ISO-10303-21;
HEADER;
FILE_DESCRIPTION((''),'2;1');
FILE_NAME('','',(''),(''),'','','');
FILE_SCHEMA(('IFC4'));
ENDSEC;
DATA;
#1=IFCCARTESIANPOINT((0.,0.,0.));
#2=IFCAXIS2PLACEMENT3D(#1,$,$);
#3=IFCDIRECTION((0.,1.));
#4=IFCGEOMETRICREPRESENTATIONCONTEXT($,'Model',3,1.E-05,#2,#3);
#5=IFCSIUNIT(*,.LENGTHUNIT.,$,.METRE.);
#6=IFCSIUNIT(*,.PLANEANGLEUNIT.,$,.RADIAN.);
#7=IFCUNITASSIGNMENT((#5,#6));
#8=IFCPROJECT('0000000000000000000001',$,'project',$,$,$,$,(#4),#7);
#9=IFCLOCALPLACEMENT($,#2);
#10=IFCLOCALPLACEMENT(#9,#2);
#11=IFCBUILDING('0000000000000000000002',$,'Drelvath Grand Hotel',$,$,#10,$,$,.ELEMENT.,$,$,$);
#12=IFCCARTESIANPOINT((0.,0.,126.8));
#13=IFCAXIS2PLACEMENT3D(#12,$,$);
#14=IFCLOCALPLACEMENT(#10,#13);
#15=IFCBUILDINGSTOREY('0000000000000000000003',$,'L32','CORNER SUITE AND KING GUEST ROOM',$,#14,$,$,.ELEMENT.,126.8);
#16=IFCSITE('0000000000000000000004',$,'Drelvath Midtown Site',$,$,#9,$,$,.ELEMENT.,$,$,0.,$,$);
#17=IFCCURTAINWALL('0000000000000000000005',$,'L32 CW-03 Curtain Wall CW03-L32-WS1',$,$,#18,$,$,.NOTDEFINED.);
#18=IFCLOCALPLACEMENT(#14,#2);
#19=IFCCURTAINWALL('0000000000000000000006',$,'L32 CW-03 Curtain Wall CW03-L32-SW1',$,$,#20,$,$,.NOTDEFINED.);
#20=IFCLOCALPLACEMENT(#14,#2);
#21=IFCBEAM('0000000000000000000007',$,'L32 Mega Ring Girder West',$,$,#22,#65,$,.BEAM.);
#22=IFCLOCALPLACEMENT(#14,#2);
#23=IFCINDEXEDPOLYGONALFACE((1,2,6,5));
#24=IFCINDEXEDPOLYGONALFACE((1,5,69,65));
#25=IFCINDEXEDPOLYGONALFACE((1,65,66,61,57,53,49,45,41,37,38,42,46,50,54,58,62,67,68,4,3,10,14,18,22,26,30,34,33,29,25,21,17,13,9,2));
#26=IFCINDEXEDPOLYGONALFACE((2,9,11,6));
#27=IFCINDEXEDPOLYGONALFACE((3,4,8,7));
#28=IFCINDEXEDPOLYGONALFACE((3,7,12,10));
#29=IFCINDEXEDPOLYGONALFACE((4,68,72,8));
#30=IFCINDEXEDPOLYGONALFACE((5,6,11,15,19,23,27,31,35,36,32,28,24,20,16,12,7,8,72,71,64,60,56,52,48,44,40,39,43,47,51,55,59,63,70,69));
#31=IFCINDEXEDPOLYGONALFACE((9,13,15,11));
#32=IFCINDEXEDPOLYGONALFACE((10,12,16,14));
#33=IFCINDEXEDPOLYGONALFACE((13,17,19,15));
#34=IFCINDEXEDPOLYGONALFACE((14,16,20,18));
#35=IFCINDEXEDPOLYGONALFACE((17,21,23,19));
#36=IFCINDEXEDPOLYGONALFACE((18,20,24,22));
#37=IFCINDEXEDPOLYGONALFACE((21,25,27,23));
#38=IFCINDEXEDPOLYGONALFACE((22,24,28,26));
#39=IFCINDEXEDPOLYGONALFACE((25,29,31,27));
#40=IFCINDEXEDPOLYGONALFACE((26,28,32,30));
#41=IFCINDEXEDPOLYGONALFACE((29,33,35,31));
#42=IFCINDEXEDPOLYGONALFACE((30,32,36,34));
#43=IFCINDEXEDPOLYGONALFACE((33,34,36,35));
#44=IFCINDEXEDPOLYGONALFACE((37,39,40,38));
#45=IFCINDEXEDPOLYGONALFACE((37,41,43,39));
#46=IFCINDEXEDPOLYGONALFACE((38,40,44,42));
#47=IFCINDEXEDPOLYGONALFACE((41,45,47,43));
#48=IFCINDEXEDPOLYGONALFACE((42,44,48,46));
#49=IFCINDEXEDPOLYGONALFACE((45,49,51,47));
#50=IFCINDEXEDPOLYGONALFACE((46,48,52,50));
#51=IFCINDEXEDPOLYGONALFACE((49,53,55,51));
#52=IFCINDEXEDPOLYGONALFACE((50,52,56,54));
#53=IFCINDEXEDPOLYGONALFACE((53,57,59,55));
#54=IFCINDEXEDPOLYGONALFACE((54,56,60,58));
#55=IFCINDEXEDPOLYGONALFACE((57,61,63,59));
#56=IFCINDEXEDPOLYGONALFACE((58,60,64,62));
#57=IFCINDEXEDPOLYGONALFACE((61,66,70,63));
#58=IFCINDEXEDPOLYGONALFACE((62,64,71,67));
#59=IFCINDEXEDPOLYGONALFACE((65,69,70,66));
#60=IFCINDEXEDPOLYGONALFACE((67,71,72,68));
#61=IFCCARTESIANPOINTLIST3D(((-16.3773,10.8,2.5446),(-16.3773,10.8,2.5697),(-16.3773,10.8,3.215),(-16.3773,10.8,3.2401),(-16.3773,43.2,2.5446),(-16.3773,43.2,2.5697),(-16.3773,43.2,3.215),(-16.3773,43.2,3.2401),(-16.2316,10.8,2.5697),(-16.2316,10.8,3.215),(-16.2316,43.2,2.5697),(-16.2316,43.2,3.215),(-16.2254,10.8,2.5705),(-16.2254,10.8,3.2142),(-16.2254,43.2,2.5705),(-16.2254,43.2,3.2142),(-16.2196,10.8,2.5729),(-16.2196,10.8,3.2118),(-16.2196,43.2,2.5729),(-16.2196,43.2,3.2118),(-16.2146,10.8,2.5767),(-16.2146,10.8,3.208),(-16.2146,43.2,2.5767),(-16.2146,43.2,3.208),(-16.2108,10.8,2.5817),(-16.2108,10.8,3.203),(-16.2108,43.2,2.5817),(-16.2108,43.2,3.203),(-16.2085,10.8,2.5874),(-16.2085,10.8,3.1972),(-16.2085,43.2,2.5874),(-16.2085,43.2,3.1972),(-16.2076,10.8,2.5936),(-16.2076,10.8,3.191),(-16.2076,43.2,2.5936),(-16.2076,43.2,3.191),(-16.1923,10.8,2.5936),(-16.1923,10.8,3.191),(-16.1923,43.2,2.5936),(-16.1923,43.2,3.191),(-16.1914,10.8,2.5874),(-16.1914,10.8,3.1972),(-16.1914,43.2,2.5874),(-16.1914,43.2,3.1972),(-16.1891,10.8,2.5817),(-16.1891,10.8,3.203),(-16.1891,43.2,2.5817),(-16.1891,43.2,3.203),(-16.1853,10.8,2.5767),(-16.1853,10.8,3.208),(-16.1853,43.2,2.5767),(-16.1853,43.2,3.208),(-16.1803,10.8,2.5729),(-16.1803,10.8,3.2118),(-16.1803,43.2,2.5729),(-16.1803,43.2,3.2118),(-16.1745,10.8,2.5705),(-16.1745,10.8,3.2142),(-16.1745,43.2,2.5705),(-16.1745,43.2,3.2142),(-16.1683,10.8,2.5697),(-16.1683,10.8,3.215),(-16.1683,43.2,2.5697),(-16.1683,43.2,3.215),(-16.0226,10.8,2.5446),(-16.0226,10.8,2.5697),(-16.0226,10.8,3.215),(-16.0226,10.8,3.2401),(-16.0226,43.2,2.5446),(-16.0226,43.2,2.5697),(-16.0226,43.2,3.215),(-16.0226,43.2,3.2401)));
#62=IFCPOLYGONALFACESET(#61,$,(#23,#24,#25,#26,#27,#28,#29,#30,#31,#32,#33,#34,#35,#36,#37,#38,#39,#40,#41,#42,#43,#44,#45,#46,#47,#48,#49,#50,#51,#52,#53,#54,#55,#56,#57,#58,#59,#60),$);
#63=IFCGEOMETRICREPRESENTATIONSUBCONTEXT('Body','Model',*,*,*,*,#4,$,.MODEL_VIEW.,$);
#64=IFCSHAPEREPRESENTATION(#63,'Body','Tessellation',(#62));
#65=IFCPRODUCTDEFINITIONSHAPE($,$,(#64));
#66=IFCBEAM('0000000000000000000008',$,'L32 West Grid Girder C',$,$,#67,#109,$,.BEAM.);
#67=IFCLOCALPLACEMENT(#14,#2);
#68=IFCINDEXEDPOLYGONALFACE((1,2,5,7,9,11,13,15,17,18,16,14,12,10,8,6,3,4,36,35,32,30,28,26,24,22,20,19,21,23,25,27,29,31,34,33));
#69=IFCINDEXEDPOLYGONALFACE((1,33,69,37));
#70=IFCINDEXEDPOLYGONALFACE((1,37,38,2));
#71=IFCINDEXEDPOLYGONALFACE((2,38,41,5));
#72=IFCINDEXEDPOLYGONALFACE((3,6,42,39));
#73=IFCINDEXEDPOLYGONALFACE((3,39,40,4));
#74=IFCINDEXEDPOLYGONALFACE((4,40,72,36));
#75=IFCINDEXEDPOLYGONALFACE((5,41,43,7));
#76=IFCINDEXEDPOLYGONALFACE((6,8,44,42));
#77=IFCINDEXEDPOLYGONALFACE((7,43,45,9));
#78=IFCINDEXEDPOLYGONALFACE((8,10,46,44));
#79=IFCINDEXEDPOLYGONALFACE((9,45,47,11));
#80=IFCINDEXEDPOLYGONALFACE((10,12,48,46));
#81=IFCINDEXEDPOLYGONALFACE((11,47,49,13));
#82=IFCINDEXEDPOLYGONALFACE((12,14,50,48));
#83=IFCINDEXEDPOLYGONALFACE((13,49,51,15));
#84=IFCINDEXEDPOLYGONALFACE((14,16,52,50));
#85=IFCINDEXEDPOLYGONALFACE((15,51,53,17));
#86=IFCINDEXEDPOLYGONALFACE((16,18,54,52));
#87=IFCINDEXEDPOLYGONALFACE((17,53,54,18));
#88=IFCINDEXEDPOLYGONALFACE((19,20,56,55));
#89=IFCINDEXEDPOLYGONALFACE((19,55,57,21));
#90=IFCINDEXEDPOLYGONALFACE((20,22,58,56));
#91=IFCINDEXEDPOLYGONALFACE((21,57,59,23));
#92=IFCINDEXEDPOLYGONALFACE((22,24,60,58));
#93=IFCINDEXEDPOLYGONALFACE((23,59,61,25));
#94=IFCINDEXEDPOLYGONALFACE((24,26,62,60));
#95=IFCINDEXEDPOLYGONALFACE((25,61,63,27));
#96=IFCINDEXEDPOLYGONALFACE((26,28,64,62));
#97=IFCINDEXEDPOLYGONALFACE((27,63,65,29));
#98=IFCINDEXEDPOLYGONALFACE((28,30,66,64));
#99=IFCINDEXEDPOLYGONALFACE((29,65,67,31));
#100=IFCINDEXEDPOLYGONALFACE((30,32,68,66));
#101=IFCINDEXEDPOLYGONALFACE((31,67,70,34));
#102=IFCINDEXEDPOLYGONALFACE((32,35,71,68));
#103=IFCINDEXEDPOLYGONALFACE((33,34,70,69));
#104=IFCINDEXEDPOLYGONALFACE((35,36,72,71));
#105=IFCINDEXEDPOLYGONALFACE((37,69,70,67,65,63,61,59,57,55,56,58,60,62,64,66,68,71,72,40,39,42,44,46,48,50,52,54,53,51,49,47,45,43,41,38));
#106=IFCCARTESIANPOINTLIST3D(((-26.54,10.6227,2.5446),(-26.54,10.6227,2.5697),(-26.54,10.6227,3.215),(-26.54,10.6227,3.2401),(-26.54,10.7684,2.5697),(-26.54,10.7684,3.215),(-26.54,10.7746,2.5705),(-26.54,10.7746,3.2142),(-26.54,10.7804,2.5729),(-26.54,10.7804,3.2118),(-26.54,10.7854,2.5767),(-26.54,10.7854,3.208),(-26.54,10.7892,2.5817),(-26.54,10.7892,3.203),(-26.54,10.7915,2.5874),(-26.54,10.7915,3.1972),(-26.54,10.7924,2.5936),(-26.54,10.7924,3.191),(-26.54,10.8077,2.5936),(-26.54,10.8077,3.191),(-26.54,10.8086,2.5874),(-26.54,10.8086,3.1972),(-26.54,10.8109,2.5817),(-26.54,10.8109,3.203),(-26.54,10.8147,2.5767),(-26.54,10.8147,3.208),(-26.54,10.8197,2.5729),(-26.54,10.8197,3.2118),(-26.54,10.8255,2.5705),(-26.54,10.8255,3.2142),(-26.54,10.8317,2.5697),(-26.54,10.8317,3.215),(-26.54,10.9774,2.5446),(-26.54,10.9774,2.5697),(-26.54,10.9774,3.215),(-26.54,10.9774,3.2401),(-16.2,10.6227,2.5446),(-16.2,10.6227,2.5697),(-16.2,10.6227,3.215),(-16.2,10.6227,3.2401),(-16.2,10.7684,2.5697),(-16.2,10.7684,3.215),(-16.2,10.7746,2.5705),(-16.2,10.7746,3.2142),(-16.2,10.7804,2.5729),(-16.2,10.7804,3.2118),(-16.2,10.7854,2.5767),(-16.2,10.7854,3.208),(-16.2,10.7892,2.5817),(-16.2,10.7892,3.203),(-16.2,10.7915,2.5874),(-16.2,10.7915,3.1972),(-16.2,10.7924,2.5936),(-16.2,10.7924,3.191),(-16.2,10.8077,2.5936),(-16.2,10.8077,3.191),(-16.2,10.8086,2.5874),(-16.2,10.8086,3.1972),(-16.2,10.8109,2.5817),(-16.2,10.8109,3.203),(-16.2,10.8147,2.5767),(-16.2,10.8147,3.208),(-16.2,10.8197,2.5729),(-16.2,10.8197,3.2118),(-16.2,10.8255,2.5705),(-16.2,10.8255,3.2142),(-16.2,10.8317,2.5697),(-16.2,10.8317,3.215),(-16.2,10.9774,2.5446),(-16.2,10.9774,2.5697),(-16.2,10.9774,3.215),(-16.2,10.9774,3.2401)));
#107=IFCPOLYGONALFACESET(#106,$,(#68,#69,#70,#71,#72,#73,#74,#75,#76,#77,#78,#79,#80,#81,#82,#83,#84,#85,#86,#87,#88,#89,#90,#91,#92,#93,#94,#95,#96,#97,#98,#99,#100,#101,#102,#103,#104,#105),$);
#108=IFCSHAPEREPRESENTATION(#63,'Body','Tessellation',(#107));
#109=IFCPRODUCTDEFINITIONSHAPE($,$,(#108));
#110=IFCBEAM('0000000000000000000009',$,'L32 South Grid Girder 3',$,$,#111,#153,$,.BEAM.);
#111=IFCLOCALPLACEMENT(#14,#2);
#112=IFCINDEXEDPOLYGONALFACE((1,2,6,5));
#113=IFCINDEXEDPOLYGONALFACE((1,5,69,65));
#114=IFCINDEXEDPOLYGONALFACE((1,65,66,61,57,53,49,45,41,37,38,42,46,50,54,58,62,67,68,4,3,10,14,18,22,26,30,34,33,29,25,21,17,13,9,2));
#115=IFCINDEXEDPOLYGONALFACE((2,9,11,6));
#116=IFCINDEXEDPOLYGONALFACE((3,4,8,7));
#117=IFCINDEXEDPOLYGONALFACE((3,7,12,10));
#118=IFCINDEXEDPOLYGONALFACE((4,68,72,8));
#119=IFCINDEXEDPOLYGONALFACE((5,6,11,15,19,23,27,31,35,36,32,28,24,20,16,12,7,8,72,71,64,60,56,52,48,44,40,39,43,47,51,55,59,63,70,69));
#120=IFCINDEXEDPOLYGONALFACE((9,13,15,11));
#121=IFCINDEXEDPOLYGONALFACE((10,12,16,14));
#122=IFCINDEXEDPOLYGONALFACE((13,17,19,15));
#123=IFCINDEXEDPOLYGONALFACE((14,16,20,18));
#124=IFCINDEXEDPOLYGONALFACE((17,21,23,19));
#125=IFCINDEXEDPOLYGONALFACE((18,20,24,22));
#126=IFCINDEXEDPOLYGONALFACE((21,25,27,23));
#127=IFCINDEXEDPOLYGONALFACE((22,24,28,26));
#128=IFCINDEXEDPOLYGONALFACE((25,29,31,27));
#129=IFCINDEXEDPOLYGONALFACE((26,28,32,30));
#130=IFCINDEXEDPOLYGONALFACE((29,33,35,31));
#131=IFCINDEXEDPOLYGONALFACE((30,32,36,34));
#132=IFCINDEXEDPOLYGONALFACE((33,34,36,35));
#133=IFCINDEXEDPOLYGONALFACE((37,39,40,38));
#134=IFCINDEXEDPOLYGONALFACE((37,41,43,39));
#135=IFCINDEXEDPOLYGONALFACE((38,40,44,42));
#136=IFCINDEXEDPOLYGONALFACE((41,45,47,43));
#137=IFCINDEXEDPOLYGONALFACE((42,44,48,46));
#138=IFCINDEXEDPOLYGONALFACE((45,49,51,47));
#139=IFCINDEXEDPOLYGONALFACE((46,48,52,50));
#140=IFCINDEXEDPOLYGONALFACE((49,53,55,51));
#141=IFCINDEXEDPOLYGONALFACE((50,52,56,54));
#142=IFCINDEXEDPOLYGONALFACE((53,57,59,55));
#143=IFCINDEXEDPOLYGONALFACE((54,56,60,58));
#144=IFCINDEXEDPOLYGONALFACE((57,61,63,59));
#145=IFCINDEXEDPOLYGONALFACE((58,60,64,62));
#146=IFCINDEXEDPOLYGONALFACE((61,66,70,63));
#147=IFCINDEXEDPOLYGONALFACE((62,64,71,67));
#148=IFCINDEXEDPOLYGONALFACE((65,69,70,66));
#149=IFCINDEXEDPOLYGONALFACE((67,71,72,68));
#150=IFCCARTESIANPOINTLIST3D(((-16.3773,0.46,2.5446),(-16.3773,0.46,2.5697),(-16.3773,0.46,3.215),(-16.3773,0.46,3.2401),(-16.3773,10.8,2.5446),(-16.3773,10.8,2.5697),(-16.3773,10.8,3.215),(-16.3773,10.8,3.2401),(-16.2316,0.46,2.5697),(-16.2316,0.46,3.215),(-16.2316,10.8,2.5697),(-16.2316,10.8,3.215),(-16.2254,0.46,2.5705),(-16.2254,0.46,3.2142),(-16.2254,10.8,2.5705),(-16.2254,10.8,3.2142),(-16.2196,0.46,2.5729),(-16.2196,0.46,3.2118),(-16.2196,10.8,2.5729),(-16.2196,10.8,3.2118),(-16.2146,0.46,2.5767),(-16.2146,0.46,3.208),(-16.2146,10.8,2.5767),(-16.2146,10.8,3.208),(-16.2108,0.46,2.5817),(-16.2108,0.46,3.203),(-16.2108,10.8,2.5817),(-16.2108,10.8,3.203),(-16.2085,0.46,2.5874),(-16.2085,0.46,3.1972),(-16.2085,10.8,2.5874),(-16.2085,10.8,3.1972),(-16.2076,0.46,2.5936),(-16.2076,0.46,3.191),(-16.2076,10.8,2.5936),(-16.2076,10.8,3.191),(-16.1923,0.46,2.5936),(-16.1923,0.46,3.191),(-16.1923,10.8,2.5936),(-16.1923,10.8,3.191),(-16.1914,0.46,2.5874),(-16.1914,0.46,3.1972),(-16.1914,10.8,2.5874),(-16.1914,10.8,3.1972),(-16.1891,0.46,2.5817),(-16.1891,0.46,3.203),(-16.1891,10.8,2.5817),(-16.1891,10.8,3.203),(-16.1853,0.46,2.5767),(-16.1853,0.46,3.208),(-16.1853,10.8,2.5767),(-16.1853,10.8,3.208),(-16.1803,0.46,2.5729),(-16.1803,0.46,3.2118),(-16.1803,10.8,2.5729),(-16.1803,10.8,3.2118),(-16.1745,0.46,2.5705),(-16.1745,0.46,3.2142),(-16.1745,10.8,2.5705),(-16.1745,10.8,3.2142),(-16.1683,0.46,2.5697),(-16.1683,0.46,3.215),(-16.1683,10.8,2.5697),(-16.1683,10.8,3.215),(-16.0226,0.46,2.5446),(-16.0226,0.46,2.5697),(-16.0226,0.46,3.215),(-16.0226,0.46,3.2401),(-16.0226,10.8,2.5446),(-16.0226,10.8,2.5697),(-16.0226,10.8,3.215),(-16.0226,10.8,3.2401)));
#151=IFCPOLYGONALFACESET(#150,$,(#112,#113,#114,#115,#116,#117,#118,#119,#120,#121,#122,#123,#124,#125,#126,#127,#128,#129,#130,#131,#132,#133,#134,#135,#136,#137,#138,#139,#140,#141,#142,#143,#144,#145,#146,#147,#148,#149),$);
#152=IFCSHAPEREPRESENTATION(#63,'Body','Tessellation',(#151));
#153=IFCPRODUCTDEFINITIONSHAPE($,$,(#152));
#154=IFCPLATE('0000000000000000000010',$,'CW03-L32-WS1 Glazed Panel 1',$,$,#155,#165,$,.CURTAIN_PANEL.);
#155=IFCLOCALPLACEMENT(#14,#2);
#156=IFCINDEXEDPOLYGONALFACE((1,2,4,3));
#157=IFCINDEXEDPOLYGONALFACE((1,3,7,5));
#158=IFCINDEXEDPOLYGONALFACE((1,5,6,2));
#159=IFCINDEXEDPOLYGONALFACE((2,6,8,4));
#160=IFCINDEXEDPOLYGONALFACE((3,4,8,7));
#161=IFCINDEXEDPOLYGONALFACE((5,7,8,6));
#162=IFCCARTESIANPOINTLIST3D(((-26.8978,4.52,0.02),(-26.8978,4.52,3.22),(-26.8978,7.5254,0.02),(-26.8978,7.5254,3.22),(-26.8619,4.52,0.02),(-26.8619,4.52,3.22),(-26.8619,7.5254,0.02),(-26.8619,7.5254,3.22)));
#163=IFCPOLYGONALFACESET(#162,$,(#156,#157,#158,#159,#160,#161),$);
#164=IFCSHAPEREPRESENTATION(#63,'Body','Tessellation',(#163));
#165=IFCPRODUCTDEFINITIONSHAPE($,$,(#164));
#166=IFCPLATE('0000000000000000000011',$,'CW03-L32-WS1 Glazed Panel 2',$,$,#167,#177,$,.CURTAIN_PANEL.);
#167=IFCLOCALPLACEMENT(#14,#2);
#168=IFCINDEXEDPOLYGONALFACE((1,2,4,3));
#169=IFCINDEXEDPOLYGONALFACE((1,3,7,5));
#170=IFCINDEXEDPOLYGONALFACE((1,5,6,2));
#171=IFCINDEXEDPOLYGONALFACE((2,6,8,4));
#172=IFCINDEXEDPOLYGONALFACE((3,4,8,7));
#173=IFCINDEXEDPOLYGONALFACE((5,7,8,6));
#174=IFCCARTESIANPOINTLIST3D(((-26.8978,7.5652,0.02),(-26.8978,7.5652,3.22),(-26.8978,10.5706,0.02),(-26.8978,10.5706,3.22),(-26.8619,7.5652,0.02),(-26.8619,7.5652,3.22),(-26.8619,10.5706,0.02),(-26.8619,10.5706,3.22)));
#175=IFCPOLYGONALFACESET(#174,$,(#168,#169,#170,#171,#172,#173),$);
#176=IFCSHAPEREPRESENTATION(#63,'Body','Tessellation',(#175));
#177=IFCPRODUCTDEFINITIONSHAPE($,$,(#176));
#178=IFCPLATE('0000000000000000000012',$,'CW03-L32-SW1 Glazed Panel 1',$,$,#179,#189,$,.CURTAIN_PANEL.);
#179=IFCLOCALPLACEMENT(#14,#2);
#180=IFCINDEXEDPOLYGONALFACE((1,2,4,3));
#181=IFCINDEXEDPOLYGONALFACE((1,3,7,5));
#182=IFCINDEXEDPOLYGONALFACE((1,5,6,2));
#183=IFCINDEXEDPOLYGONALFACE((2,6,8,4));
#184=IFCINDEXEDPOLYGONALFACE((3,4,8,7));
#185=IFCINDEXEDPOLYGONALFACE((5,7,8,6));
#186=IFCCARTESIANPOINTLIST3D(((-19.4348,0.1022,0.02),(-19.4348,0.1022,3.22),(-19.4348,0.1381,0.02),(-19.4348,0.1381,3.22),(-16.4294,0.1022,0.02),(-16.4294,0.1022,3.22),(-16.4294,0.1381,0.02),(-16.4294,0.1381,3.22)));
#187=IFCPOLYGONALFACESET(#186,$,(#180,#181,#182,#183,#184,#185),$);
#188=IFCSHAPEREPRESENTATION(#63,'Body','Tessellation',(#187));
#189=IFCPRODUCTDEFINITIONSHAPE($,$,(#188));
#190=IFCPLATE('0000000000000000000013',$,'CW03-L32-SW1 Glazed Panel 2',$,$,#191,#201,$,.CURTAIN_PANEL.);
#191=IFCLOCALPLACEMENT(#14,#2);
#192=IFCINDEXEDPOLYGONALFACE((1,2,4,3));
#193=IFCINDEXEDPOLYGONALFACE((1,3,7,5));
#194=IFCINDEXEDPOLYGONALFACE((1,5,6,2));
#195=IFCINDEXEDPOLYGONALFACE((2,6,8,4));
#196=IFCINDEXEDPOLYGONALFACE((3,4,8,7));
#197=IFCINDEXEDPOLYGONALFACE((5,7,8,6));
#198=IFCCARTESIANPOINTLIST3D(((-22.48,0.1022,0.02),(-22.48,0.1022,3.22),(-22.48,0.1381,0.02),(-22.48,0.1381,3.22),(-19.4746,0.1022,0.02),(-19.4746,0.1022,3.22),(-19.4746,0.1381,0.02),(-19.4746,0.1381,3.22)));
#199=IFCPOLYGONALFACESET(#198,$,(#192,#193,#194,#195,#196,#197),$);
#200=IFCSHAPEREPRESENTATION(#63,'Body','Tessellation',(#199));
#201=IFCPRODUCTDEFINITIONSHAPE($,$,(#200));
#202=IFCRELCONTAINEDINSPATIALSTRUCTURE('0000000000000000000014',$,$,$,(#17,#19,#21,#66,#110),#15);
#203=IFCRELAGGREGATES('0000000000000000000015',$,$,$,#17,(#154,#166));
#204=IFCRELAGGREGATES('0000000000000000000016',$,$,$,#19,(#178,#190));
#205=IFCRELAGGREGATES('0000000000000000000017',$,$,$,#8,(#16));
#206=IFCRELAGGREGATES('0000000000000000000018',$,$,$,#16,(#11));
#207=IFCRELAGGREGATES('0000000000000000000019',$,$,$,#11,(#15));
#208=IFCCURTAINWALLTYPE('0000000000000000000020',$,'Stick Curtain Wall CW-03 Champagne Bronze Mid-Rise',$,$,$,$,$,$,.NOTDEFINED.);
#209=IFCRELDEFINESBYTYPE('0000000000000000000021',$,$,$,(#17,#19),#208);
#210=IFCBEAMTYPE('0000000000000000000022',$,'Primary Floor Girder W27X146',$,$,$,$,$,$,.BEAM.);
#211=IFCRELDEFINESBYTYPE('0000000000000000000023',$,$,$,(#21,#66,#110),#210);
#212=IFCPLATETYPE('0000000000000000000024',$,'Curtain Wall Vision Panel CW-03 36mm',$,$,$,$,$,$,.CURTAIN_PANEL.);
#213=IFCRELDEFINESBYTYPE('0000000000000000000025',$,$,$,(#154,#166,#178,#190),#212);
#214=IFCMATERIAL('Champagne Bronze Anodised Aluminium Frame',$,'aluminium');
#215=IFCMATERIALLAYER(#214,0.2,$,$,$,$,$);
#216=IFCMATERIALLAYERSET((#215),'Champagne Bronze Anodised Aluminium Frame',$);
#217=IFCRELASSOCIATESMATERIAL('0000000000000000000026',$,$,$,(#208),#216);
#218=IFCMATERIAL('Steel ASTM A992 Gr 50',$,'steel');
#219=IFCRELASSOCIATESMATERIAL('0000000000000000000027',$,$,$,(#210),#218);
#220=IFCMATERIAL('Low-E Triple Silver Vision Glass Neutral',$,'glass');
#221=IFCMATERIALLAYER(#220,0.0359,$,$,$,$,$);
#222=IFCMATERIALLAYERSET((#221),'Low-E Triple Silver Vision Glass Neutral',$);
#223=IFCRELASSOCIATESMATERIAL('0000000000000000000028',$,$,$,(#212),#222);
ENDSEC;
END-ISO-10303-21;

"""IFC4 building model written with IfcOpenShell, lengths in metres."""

from ifc_helpers import new_model, si_unit, direction, frame, origin, origin_2d, place, context, subcontext, project, spatial, rectangle, i_section, extrude, material, layer, layer_set, material_profile, profile_set, type_object, element, aggregate, save


model = new_model("IFC4")

# Units and contexts
model_context = context("Model", 3, precision=1e-05, world=origin(), true_north=direction((0.0, 1.0)))
body_context = subcontext(model_context, "Body", "Model", "MODEL_VIEW")
ifc_project = project(units=[si_unit("LENGTHUNIT", "METRE"), si_unit("PLANEANGLEUNIT", "RADIAN")], contexts=[model_context])

# Site, building, storey
site_placement = place(None, origin())
site = spatial("IfcSite", under=ifc_project, at=site_placement, Name="Drelvath Midtown Site", CompositionType="ELEMENT", RefElevation=0.0)
building_placement = place(site_placement, origin())
building = spatial("IfcBuilding", under=site, at=building_placement, Name="Drelvath Grand Hotel", CompositionType="ELEMENT")
storey_placement = place(building_placement, frame((0.0, 0.0, 126.8)))
storey = spatial("IfcBuildingStorey", under=building, at=storey_placement, Name="L32", Description="CORNER SUITE AND KING GUEST ROOM", CompositionType="ELEMENT", Elevation=126.8)

# Curtain walls
ifc_material_1 = material(Name="Champagne Bronze Anodised Aluminium Frame", Category="aluminium")
ifc_layer_1 = layer(ifc_material_1, 0.2)
ifc_layer_set_1 = layer_set([ifc_layer_1], Name="Champagne Bronze Anodised Aluminium Frame")
curtain_wall_type = type_object("IfcCurtainWallType", Name="Stick Curtain Wall CW-03 Champagne Bronze Mid-Rise", PredefinedType="NOTDEFINED", material=ifc_layer_set_1)
curtain_wall_1_placement = place(storey_placement, origin())
curtain_wall_1 = element("IfcCurtainWall", 1, at=curtain_wall_1_placement, inside=storey, type_object=curtain_wall_type, Name="L32 CW-03 Curtain Wall CW03-L32-WS1", PredefinedType="NOTDEFINED")
curtain_wall_2_placement = place(storey_placement, origin())
curtain_wall_2 = element("IfcCurtainWall", 2, at=curtain_wall_2_placement, inside=storey, type_object=curtain_wall_type, Name="L32 CW-03 Curtain Wall CW03-L32-SW1", PredefinedType="NOTDEFINED")

# Beams
ifc_material_2 = material(Name="Steel ASTM A992 Gr 50", Category="steel")
ifc_material_profile_1 = material_profile(ifc_material_2, i_section(OverallWidth=0.3547, OverallDepth=0.6956, WebThickness=0.0154, FlangeThickness=0.0251, FilletRadius=0.0239, at=origin_2d()), Name="W27X146")
ifc_profile_set_1 = profile_set([ifc_material_profile_1], Name="Steel ASTM A992 Gr 50")
beam_type_1 = type_object("IfcBeamType", Name="Primary Floor Girder W27X146", PredefinedType="BEAM", material=ifc_profile_set_1)
for number, where, z_axis, x_axis, name in (
    (3, (-16.2, 10.8, 2.8923), (0.0, 1.0, 0.0), (-1.0, 0.0, 0.0), "L32 Mega Ring Girder West"),
):
    element("IfcBeam", number, at=place(storey_placement, frame(where, z_axis=z_axis, x_axis=x_axis)), inside=storey, type_object=beam_type_1, Name=name, PredefinedType="BEAM", context=body_context, shape_type="SweptSolid", body=[
        extrude(i_section(OverallWidth=0.3547, OverallDepth=0.6956, WebThickness=0.0154, FlangeThickness=0.0251, FilletRadius=0.0239, at=origin_2d()), origin(), (0.0, 0.0, 1.0), 32.3999),
    ])
for number, where, z_axis, x_axis, name in (
    (4, (-26.54, 10.8, 2.8923), (1.0, 0.0, 0.0), (0.0, 1.0, 0.0), "L32 West Grid Girder C"),
    (5, (-16.2, 0.46, 2.8923), (0.0, 1.0, 0.0), (-1.0, 0.0, 0.0), "L32 South Grid Girder 3"),
):
    element("IfcBeam", number, at=place(storey_placement, frame(where, z_axis=z_axis, x_axis=x_axis)), inside=storey, type_object=beam_type_1, Name=name, PredefinedType="BEAM", context=body_context, shape_type="SweptSolid", body=[
        extrude(i_section(OverallWidth=0.3547, OverallDepth=0.6956, WebThickness=0.0154, FlangeThickness=0.0251, FilletRadius=0.0239, at=origin_2d()), origin(), (0.0, 0.0, 1.0), 10.3401),
    ])

# Plates
ifc_material_3 = material(Name="Low-E Triple Silver Vision Glass Neutral", Category="glass")
ifc_layer_2 = layer(ifc_material_3, 0.0359)
ifc_layer_set_2 = layer_set([ifc_layer_2], Name="Low-E Triple Silver Vision Glass Neutral")
plate_type = type_object("IfcPlateType", Name="Curtain Wall Vision Panel CW-03 36mm", PredefinedType="CURTAIN_PANEL", material=ifc_layer_set_2)
plate_1_placement = place(storey_placement, frame((-26.8799, 6.0227, 0.02), z_axis=(0.0, 0.0, 1.0), x_axis=(0.0, 1.0, 0.0)))
plate_1 = element("IfcPlate", 6, at=plate_1_placement, type_object=plate_type, Name="CW03-L32-WS1 Glazed Panel 1", PredefinedType="CURTAIN_PANEL", context=body_context, shape_type="SweptSolid", body=[
    extrude(rectangle(XDim=3.0054, YDim=0.0359, at=origin_2d()), origin(), (0.0, 0.0, 1.0), 3.2),
])
plate_2_placement = place(storey_placement, frame((-26.8799, 9.0679, 0.02), z_axis=(0.0, 0.0, 1.0), x_axis=(0.0, 1.0, 0.0)))
plate_2 = element("IfcPlate", 7, at=plate_2_placement, type_object=plate_type, Name="CW03-L32-WS1 Glazed Panel 2", PredefinedType="CURTAIN_PANEL", context=body_context, shape_type="SweptSolid", body=[
    extrude(rectangle(XDim=3.0054, YDim=0.0359, at=origin_2d()), origin(), (0.0, 0.0, 1.0), 3.2),
])
aggregate(curtain_wall_1, [plate_1, plate_2])
plate_3_placement = place(storey_placement, frame((-17.9321, 0.1201, 0.02), z_axis=(0.0, 0.0, 1.0), x_axis=(-1.0, 0.0, 0.0)))
plate_3 = element("IfcPlate", 8, at=plate_3_placement, type_object=plate_type, Name="CW03-L32-SW1 Glazed Panel 1", PredefinedType="CURTAIN_PANEL", context=body_context, shape_type="SweptSolid", body=[
    extrude(rectangle(XDim=3.0054, YDim=0.0359, at=origin_2d()), origin(), (0.0, 0.0, 1.0), 3.2),
])
plate_4_placement = place(storey_placement, frame((-20.9773, 0.1201, 0.02), z_axis=(0.0, 0.0, 1.0), x_axis=(-1.0, 0.0, 0.0)))
plate_4 = element("IfcPlate", 9, at=plate_4_placement, type_object=plate_type, Name="CW03-L32-SW1 Glazed Panel 2", PredefinedType="CURTAIN_PANEL", context=body_context, shape_type="SweptSolid", body=[
    extrude(rectangle(XDim=3.0054, YDim=0.0359, at=origin_2d()), origin(), (0.0, 0.0, 1.0), 3.2),
])
aggregate(curtain_wall_2, [plate_3, plate_4])

save(model, "model.ifc")
